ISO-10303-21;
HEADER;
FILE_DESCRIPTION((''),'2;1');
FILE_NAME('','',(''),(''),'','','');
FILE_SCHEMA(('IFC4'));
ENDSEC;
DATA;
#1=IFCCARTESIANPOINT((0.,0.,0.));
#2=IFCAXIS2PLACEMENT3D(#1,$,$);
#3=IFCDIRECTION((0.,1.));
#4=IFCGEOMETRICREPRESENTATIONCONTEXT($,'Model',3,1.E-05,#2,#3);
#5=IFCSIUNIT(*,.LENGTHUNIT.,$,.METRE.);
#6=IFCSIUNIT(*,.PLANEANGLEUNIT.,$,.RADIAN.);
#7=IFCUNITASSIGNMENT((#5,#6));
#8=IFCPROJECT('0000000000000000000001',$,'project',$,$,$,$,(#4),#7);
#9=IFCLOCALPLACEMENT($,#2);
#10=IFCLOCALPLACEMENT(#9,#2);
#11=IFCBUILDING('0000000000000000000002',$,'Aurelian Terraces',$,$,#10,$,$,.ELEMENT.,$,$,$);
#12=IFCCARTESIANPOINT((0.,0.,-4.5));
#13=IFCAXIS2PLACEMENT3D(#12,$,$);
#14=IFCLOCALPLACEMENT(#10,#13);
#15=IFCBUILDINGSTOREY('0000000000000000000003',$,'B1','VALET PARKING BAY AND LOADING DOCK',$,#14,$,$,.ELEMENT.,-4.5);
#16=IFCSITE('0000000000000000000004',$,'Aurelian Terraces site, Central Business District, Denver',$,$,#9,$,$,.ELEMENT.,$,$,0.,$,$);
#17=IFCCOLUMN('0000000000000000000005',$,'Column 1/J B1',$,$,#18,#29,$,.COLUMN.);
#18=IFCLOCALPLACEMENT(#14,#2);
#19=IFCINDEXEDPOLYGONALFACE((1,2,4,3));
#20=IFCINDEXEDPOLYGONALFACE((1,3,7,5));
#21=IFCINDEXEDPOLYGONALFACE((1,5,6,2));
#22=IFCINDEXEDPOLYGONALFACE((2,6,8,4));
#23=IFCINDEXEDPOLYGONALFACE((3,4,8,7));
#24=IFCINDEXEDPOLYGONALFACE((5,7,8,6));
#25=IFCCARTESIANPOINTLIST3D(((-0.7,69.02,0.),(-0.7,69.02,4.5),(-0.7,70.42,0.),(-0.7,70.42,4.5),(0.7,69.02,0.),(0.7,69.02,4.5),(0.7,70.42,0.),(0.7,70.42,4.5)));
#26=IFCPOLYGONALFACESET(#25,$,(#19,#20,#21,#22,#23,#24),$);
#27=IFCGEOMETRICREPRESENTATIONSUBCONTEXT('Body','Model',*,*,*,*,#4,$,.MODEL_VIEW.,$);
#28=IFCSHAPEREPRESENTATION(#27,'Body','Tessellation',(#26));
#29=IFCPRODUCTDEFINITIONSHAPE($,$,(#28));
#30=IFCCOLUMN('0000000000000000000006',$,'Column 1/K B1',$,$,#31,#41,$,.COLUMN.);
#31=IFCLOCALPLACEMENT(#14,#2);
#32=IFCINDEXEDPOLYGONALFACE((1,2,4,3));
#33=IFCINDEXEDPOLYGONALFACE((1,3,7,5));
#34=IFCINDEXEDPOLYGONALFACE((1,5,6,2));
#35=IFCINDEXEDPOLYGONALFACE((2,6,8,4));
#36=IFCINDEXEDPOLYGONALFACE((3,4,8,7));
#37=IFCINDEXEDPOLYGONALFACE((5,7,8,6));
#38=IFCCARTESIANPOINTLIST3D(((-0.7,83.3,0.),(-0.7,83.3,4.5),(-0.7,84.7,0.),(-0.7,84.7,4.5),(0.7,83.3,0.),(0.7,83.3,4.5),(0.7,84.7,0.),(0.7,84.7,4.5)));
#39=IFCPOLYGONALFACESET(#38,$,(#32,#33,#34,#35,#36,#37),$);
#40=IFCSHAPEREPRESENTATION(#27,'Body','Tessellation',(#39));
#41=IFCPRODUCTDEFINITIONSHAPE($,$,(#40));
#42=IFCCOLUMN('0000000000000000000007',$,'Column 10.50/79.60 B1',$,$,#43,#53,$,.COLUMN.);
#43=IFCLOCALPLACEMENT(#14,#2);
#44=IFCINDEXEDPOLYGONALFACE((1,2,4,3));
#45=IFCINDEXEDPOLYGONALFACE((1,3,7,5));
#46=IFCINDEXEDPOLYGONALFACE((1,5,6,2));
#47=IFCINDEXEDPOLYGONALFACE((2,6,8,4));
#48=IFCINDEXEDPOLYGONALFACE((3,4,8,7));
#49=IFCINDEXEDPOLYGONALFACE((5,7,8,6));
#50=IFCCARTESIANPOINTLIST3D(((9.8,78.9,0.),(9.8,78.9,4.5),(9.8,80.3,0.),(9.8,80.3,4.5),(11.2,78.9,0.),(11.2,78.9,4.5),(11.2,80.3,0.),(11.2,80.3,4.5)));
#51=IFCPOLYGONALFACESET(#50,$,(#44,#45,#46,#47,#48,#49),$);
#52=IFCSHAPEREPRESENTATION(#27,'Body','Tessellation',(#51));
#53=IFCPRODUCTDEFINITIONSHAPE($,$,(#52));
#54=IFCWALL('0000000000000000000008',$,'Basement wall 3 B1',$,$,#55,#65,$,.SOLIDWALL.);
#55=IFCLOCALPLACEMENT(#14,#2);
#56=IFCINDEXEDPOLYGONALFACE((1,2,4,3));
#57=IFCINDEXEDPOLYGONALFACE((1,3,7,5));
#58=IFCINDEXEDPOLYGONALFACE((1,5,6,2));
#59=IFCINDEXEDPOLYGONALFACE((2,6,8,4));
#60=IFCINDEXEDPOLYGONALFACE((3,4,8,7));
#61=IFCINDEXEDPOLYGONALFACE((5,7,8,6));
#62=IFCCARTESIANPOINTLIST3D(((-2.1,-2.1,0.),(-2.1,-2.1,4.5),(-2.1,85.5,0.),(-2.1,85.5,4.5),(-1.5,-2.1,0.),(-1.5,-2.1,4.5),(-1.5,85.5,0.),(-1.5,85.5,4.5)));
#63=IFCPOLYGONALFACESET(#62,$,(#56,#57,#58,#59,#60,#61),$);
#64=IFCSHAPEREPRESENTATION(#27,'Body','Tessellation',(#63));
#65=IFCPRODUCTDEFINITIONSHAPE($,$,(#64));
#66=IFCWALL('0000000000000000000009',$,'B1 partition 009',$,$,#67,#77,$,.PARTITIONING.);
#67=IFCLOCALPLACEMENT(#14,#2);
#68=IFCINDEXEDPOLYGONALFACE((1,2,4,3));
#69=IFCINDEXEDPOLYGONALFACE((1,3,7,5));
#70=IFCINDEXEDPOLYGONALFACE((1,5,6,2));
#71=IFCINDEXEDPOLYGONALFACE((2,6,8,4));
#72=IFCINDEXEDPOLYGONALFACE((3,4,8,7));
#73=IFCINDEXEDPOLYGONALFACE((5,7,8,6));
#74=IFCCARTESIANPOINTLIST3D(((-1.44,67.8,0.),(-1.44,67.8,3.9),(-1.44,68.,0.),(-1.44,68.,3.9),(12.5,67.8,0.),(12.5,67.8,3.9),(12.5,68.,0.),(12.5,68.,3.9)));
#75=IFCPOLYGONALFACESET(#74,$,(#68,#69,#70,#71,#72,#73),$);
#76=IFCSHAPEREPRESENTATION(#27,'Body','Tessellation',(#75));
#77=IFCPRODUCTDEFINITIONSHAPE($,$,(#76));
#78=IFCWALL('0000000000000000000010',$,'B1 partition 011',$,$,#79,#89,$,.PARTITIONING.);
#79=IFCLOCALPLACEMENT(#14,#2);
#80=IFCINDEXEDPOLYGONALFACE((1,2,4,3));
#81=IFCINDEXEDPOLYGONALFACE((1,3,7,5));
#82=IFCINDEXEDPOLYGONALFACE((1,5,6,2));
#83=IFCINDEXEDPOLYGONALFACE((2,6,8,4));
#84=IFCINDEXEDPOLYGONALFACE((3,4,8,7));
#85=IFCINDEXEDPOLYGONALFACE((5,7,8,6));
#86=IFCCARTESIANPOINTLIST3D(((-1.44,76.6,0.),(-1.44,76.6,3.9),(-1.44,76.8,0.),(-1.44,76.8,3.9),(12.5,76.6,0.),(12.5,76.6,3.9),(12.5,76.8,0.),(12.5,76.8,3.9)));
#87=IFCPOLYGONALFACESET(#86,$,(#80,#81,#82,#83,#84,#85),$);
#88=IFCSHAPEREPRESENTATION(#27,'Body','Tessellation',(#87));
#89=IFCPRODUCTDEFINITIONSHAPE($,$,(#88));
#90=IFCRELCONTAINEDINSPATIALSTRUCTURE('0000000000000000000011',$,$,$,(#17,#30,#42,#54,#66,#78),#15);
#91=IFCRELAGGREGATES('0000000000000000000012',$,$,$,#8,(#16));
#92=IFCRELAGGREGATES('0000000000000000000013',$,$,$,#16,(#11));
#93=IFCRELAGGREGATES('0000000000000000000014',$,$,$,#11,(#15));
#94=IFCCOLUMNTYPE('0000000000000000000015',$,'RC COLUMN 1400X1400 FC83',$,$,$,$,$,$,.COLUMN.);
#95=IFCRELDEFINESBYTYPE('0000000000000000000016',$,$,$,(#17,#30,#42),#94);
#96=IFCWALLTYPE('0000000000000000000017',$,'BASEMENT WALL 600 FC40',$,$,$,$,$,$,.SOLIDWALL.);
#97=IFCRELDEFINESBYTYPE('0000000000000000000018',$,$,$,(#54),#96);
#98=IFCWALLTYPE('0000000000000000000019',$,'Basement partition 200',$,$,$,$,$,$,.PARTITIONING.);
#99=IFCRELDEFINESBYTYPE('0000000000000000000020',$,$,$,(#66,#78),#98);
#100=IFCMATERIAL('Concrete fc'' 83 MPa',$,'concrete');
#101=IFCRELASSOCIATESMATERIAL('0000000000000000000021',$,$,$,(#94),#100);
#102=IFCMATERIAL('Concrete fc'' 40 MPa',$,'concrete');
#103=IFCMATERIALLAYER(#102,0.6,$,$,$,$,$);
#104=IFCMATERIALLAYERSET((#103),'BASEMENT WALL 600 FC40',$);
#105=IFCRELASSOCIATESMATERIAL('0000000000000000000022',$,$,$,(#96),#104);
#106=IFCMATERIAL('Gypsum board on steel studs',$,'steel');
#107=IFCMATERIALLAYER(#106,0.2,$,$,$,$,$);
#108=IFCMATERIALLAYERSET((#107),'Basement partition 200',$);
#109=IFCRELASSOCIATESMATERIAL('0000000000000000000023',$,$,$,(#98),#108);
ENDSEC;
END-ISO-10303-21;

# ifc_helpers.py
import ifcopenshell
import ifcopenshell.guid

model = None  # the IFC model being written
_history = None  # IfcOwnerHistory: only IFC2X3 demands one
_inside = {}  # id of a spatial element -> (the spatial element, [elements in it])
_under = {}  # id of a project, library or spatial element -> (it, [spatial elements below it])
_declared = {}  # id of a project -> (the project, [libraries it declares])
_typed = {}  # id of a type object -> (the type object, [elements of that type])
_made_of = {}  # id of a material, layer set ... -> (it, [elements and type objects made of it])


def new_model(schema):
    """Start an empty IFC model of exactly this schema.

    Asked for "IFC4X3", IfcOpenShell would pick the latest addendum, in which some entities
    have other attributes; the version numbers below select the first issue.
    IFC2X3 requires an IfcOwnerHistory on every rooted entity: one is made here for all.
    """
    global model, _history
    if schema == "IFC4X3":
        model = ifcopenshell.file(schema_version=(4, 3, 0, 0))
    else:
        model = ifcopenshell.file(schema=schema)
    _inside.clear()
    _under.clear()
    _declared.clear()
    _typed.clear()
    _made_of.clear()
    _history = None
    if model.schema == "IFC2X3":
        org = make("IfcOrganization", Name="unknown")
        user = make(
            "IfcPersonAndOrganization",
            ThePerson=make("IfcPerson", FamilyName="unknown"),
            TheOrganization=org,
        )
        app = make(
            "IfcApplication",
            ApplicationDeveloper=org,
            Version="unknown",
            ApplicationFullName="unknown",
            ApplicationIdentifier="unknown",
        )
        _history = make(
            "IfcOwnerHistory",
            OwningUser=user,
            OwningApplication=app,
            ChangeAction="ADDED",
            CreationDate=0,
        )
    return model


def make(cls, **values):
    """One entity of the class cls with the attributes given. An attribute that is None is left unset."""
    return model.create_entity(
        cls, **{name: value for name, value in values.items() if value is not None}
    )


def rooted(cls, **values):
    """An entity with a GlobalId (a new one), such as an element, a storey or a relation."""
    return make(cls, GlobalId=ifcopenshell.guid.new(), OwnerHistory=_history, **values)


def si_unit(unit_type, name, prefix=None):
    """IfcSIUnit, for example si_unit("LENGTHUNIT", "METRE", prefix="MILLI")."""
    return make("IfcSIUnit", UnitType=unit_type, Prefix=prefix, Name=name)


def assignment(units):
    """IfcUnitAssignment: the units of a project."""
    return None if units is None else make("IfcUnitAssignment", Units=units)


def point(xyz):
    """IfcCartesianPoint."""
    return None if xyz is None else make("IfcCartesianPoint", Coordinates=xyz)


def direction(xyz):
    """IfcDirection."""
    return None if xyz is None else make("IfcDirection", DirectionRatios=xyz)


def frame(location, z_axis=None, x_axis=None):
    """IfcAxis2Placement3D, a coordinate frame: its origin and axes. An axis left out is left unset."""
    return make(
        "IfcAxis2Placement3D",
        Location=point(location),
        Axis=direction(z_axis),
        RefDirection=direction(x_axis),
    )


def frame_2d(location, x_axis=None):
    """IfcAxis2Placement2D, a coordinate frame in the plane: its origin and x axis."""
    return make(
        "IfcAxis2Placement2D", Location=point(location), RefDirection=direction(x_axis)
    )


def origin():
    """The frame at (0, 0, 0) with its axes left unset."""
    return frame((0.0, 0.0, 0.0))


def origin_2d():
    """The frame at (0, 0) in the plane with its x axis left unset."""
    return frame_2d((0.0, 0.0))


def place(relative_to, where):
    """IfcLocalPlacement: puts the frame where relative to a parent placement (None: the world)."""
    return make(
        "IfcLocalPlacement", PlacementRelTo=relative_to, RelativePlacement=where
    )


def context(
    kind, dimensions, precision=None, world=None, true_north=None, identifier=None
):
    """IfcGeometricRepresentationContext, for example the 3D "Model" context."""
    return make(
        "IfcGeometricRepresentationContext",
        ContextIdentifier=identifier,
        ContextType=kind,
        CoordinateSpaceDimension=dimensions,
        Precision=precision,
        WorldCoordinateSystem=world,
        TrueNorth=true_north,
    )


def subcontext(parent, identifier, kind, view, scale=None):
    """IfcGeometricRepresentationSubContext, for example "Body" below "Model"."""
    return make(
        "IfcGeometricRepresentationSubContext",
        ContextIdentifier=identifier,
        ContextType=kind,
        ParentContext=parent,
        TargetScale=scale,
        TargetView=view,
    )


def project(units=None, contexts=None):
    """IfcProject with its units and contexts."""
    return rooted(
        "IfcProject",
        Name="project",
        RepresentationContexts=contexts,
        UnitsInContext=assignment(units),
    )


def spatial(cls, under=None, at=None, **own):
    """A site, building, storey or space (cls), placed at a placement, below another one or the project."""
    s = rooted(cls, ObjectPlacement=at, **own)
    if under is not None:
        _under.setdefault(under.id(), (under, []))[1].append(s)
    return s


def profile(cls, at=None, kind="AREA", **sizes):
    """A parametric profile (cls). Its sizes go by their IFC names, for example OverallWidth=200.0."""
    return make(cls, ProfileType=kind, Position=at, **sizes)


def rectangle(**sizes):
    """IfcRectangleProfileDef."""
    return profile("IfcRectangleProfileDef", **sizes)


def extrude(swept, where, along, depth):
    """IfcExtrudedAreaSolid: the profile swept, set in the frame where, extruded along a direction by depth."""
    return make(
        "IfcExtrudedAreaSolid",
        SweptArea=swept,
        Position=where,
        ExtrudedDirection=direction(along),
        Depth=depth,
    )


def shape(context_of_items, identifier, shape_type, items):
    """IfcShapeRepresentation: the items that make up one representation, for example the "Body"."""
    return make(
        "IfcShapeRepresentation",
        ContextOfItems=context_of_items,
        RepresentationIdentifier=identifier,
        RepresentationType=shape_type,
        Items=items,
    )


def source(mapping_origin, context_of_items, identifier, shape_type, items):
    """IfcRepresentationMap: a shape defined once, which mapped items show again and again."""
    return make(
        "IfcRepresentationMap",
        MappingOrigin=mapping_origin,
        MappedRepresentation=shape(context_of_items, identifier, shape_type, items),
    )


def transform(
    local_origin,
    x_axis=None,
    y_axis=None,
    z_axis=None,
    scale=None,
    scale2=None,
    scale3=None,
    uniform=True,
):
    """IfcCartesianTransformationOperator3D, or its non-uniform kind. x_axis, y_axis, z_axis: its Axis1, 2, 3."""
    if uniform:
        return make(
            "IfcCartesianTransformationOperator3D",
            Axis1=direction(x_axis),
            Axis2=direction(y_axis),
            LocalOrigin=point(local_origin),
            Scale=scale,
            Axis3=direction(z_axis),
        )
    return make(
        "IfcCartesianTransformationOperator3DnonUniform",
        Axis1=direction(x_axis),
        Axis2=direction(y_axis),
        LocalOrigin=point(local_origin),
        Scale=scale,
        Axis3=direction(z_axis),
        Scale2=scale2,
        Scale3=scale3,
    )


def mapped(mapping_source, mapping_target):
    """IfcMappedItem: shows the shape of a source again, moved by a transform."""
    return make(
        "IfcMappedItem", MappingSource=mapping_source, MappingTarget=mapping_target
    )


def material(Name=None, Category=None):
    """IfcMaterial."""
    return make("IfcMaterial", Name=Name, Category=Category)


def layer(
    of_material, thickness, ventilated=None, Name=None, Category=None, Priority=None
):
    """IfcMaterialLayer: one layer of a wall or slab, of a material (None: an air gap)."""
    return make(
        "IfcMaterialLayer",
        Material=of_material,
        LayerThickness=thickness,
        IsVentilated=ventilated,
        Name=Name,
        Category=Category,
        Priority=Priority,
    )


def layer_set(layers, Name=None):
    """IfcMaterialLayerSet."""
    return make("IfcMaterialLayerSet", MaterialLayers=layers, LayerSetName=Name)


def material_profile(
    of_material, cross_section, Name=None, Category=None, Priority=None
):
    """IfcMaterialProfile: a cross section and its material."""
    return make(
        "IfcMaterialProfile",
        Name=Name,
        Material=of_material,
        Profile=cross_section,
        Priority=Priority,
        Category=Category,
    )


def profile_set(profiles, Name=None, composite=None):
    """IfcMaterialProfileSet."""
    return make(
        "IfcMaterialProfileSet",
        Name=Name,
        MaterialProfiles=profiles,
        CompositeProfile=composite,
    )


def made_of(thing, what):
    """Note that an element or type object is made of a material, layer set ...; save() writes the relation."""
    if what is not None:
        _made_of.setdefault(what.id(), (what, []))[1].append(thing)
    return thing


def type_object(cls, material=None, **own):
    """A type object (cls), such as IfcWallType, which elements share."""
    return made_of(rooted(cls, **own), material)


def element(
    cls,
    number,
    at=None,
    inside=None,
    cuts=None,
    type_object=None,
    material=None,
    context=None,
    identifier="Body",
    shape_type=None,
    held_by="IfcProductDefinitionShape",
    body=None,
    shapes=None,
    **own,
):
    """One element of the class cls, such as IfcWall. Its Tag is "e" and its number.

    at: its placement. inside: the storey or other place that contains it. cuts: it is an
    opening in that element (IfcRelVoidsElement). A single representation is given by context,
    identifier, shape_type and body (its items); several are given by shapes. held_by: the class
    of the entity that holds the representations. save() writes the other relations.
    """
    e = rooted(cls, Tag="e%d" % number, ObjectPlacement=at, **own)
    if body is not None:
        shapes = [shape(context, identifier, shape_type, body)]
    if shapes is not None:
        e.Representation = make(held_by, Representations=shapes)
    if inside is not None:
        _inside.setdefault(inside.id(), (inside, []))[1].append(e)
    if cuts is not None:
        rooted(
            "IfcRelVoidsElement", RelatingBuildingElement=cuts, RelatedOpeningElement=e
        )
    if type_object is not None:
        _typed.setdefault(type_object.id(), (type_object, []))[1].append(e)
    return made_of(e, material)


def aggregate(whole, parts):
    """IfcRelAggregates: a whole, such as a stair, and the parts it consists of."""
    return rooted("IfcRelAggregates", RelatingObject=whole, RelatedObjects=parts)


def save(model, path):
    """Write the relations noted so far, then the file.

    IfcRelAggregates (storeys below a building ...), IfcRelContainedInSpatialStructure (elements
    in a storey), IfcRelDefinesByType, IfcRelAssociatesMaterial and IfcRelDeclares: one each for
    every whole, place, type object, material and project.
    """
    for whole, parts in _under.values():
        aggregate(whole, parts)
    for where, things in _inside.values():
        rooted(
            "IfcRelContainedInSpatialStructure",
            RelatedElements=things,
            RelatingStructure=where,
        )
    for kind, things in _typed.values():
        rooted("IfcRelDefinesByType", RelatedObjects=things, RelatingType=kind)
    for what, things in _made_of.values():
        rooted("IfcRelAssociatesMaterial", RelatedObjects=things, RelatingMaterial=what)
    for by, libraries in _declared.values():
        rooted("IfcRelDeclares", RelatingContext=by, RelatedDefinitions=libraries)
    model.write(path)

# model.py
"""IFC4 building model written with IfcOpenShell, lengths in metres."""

from ifc_helpers import new_model, si_unit, direction, frame, frame_2d, origin, origin_2d, place, context, subcontext, project, spatial, rectangle, extrude, source, transform, mapped, material, layer, layer_set, material_profile, profile_set, type_object, element, save


model = new_model("IFC4")

# Units and contexts
model_context = context("Model", 3, precision=1e-05, world=origin(), true_north=direction((0.0, 1.0)))
body_context = subcontext(model_context, "Body", "Model", "MODEL_VIEW")
ifc_project = project(units=[si_unit("LENGTHUNIT", "METRE"), si_unit("PLANEANGLEUNIT", "RADIAN")], contexts=[model_context])

# Site, building, storey
site_placement = place(None, origin())
site = spatial("IfcSite", under=ifc_project, at=site_placement, Name="Aurelian Terraces site, Central Business District, Denver", CompositionType="ELEMENT", RefElevation=0.0)
building_placement = place(site_placement, origin())
building = spatial("IfcBuilding", under=site, at=building_placement, Name="Aurelian Terraces", CompositionType="ELEMENT")
storey_placement = place(building_placement, frame((0.0, 0.0, -4.5)))
storey = spatial("IfcBuildingStorey", under=building, at=storey_placement, Name="B1", Description="VALET PARKING BAY AND LOADING DOCK", CompositionType="ELEMENT", Elevation=-4.5)

# Columns
ifc_material_1 = material(Name="Concrete fc' 83 MPa", Category="concrete")
ifc_material_profile = material_profile(ifc_material_1, rectangle(XDim=1.4, YDim=1.4, at=origin_2d()))
ifc_profile_set = profile_set([ifc_material_profile], Name="Concrete fc' 83 MPa")
column_type = type_object("IfcColumnType", Name="RC COLUMN 1400X1400 FC83", PredefinedType="COLUMN", material=ifc_profile_set)
shared_shape_1 = source(origin(), body_context, "Body", "SweptSolid", [
    extrude(rectangle(XDim=1.4, YDim=1.4, at=origin_2d()), origin(), (0.0, 0.0, 1.0), 4.5),
])
for number, where, z_axis, x_axis, name in (
    (1, (0.0, 69.72, 0.0), (0.0, 0.0, 1.0), (1.0, 0.0, 0.0), "Column 1/J B1"),
    (2, (0.0, 84.0, 0.0), (0.0, 0.0, 1.0), (1.0, 0.0, 0.0), "Column 1/K B1"),
    (3, (10.5, 79.6, 0.0), (0.0, 0.0, 1.0), (1.0, 0.0, 0.0), "Column 10.50/79.60 B1"),
):
    element("IfcColumn", number, at=place(storey_placement, frame(where, z_axis=z_axis, x_axis=x_axis)), inside=storey, type_object=column_type, Name=name, PredefinedType="COLUMN", context=body_context, shape_type="MappedRepresentation", body=[
        mapped(shared_shape_1, transform((0.0, 0.0, 0.0), scale=1.0)),
    ])

# Walls
ifc_material_2 = material(Name="Concrete fc' 40 MPa", Category="concrete")
ifc_layer_1 = layer(ifc_material_2, 0.6)
ifc_layer_set_1 = layer_set([ifc_layer_1], Name="BASEMENT WALL 600 FC40")
wall_type_1 = type_object("IfcWallType", Name="BASEMENT WALL 600 FC40", PredefinedType="SOLIDWALL", material=ifc_layer_set_1)
shared_shape_2 = source(origin(), body_context, "Body", "SweptSolid", [
    extrude(rectangle(XDim=87.6, YDim=0.6, at=frame_2d((43.8, 0.0))), origin(), (0.0, 0.0, 1.0), 4.5),
])
wall_1_placement = place(storey_placement, frame((-1.8, 85.5, 0.0), z_axis=(0.0, 0.0, 1.0), x_axis=(0.0, -1.0, 0.0)))
element("IfcWall", 4, at=wall_1_placement, inside=storey, type_object=wall_type_1, Name="Basement wall 3 B1", PredefinedType="SOLIDWALL", context=body_context, shape_type="MappedRepresentation", body=[
    mapped(shared_shape_2, transform((0.0, 0.0, 0.0), scale=1.0)),
])
ifc_material_3 = material(Name="Gypsum board on steel studs", Category="steel")
ifc_layer_2 = layer(ifc_material_3, 0.2)
ifc_layer_set_2 = layer_set([ifc_layer_2], Name="Basement partition 200")
wall_type_2 = type_object("IfcWallType", Name="Basement partition 200", PredefinedType="PARTITIONING", material=ifc_layer_set_2)
shared_shape_3 = source(origin(), body_context, "Body", "SweptSolid", [
    extrude(rectangle(XDim=13.94, YDim=0.2, at=frame_2d((6.97, 0.0))), origin(), (0.0, 0.0, 1.0), 3.9),
])
for number, where, z_axis, x_axis, name in (
    (5, (-1.44, 67.9, 0.0), (0.0, 0.0, 1.0), (1.0, 0.0, 0.0), "B1 partition 009"),
    (6, (-1.44, 76.7, 0.0), (0.0, 0.0, 1.0), (1.0, 0.0, 0.0), "B1 partition 011"),
):
    element("IfcWall", number, at=place(storey_placement, frame(where, z_axis=z_axis, x_axis=x_axis)), inside=storey, type_object=wall_type_2, Name=name, PredefinedType="PARTITIONING", context=body_context, shape_type="MappedRepresentation", body=[
        mapped(shared_shape_3, transform((0.0, 0.0, 0.0), scale=1.0)),
    ])

save(model, "model.ifc")
